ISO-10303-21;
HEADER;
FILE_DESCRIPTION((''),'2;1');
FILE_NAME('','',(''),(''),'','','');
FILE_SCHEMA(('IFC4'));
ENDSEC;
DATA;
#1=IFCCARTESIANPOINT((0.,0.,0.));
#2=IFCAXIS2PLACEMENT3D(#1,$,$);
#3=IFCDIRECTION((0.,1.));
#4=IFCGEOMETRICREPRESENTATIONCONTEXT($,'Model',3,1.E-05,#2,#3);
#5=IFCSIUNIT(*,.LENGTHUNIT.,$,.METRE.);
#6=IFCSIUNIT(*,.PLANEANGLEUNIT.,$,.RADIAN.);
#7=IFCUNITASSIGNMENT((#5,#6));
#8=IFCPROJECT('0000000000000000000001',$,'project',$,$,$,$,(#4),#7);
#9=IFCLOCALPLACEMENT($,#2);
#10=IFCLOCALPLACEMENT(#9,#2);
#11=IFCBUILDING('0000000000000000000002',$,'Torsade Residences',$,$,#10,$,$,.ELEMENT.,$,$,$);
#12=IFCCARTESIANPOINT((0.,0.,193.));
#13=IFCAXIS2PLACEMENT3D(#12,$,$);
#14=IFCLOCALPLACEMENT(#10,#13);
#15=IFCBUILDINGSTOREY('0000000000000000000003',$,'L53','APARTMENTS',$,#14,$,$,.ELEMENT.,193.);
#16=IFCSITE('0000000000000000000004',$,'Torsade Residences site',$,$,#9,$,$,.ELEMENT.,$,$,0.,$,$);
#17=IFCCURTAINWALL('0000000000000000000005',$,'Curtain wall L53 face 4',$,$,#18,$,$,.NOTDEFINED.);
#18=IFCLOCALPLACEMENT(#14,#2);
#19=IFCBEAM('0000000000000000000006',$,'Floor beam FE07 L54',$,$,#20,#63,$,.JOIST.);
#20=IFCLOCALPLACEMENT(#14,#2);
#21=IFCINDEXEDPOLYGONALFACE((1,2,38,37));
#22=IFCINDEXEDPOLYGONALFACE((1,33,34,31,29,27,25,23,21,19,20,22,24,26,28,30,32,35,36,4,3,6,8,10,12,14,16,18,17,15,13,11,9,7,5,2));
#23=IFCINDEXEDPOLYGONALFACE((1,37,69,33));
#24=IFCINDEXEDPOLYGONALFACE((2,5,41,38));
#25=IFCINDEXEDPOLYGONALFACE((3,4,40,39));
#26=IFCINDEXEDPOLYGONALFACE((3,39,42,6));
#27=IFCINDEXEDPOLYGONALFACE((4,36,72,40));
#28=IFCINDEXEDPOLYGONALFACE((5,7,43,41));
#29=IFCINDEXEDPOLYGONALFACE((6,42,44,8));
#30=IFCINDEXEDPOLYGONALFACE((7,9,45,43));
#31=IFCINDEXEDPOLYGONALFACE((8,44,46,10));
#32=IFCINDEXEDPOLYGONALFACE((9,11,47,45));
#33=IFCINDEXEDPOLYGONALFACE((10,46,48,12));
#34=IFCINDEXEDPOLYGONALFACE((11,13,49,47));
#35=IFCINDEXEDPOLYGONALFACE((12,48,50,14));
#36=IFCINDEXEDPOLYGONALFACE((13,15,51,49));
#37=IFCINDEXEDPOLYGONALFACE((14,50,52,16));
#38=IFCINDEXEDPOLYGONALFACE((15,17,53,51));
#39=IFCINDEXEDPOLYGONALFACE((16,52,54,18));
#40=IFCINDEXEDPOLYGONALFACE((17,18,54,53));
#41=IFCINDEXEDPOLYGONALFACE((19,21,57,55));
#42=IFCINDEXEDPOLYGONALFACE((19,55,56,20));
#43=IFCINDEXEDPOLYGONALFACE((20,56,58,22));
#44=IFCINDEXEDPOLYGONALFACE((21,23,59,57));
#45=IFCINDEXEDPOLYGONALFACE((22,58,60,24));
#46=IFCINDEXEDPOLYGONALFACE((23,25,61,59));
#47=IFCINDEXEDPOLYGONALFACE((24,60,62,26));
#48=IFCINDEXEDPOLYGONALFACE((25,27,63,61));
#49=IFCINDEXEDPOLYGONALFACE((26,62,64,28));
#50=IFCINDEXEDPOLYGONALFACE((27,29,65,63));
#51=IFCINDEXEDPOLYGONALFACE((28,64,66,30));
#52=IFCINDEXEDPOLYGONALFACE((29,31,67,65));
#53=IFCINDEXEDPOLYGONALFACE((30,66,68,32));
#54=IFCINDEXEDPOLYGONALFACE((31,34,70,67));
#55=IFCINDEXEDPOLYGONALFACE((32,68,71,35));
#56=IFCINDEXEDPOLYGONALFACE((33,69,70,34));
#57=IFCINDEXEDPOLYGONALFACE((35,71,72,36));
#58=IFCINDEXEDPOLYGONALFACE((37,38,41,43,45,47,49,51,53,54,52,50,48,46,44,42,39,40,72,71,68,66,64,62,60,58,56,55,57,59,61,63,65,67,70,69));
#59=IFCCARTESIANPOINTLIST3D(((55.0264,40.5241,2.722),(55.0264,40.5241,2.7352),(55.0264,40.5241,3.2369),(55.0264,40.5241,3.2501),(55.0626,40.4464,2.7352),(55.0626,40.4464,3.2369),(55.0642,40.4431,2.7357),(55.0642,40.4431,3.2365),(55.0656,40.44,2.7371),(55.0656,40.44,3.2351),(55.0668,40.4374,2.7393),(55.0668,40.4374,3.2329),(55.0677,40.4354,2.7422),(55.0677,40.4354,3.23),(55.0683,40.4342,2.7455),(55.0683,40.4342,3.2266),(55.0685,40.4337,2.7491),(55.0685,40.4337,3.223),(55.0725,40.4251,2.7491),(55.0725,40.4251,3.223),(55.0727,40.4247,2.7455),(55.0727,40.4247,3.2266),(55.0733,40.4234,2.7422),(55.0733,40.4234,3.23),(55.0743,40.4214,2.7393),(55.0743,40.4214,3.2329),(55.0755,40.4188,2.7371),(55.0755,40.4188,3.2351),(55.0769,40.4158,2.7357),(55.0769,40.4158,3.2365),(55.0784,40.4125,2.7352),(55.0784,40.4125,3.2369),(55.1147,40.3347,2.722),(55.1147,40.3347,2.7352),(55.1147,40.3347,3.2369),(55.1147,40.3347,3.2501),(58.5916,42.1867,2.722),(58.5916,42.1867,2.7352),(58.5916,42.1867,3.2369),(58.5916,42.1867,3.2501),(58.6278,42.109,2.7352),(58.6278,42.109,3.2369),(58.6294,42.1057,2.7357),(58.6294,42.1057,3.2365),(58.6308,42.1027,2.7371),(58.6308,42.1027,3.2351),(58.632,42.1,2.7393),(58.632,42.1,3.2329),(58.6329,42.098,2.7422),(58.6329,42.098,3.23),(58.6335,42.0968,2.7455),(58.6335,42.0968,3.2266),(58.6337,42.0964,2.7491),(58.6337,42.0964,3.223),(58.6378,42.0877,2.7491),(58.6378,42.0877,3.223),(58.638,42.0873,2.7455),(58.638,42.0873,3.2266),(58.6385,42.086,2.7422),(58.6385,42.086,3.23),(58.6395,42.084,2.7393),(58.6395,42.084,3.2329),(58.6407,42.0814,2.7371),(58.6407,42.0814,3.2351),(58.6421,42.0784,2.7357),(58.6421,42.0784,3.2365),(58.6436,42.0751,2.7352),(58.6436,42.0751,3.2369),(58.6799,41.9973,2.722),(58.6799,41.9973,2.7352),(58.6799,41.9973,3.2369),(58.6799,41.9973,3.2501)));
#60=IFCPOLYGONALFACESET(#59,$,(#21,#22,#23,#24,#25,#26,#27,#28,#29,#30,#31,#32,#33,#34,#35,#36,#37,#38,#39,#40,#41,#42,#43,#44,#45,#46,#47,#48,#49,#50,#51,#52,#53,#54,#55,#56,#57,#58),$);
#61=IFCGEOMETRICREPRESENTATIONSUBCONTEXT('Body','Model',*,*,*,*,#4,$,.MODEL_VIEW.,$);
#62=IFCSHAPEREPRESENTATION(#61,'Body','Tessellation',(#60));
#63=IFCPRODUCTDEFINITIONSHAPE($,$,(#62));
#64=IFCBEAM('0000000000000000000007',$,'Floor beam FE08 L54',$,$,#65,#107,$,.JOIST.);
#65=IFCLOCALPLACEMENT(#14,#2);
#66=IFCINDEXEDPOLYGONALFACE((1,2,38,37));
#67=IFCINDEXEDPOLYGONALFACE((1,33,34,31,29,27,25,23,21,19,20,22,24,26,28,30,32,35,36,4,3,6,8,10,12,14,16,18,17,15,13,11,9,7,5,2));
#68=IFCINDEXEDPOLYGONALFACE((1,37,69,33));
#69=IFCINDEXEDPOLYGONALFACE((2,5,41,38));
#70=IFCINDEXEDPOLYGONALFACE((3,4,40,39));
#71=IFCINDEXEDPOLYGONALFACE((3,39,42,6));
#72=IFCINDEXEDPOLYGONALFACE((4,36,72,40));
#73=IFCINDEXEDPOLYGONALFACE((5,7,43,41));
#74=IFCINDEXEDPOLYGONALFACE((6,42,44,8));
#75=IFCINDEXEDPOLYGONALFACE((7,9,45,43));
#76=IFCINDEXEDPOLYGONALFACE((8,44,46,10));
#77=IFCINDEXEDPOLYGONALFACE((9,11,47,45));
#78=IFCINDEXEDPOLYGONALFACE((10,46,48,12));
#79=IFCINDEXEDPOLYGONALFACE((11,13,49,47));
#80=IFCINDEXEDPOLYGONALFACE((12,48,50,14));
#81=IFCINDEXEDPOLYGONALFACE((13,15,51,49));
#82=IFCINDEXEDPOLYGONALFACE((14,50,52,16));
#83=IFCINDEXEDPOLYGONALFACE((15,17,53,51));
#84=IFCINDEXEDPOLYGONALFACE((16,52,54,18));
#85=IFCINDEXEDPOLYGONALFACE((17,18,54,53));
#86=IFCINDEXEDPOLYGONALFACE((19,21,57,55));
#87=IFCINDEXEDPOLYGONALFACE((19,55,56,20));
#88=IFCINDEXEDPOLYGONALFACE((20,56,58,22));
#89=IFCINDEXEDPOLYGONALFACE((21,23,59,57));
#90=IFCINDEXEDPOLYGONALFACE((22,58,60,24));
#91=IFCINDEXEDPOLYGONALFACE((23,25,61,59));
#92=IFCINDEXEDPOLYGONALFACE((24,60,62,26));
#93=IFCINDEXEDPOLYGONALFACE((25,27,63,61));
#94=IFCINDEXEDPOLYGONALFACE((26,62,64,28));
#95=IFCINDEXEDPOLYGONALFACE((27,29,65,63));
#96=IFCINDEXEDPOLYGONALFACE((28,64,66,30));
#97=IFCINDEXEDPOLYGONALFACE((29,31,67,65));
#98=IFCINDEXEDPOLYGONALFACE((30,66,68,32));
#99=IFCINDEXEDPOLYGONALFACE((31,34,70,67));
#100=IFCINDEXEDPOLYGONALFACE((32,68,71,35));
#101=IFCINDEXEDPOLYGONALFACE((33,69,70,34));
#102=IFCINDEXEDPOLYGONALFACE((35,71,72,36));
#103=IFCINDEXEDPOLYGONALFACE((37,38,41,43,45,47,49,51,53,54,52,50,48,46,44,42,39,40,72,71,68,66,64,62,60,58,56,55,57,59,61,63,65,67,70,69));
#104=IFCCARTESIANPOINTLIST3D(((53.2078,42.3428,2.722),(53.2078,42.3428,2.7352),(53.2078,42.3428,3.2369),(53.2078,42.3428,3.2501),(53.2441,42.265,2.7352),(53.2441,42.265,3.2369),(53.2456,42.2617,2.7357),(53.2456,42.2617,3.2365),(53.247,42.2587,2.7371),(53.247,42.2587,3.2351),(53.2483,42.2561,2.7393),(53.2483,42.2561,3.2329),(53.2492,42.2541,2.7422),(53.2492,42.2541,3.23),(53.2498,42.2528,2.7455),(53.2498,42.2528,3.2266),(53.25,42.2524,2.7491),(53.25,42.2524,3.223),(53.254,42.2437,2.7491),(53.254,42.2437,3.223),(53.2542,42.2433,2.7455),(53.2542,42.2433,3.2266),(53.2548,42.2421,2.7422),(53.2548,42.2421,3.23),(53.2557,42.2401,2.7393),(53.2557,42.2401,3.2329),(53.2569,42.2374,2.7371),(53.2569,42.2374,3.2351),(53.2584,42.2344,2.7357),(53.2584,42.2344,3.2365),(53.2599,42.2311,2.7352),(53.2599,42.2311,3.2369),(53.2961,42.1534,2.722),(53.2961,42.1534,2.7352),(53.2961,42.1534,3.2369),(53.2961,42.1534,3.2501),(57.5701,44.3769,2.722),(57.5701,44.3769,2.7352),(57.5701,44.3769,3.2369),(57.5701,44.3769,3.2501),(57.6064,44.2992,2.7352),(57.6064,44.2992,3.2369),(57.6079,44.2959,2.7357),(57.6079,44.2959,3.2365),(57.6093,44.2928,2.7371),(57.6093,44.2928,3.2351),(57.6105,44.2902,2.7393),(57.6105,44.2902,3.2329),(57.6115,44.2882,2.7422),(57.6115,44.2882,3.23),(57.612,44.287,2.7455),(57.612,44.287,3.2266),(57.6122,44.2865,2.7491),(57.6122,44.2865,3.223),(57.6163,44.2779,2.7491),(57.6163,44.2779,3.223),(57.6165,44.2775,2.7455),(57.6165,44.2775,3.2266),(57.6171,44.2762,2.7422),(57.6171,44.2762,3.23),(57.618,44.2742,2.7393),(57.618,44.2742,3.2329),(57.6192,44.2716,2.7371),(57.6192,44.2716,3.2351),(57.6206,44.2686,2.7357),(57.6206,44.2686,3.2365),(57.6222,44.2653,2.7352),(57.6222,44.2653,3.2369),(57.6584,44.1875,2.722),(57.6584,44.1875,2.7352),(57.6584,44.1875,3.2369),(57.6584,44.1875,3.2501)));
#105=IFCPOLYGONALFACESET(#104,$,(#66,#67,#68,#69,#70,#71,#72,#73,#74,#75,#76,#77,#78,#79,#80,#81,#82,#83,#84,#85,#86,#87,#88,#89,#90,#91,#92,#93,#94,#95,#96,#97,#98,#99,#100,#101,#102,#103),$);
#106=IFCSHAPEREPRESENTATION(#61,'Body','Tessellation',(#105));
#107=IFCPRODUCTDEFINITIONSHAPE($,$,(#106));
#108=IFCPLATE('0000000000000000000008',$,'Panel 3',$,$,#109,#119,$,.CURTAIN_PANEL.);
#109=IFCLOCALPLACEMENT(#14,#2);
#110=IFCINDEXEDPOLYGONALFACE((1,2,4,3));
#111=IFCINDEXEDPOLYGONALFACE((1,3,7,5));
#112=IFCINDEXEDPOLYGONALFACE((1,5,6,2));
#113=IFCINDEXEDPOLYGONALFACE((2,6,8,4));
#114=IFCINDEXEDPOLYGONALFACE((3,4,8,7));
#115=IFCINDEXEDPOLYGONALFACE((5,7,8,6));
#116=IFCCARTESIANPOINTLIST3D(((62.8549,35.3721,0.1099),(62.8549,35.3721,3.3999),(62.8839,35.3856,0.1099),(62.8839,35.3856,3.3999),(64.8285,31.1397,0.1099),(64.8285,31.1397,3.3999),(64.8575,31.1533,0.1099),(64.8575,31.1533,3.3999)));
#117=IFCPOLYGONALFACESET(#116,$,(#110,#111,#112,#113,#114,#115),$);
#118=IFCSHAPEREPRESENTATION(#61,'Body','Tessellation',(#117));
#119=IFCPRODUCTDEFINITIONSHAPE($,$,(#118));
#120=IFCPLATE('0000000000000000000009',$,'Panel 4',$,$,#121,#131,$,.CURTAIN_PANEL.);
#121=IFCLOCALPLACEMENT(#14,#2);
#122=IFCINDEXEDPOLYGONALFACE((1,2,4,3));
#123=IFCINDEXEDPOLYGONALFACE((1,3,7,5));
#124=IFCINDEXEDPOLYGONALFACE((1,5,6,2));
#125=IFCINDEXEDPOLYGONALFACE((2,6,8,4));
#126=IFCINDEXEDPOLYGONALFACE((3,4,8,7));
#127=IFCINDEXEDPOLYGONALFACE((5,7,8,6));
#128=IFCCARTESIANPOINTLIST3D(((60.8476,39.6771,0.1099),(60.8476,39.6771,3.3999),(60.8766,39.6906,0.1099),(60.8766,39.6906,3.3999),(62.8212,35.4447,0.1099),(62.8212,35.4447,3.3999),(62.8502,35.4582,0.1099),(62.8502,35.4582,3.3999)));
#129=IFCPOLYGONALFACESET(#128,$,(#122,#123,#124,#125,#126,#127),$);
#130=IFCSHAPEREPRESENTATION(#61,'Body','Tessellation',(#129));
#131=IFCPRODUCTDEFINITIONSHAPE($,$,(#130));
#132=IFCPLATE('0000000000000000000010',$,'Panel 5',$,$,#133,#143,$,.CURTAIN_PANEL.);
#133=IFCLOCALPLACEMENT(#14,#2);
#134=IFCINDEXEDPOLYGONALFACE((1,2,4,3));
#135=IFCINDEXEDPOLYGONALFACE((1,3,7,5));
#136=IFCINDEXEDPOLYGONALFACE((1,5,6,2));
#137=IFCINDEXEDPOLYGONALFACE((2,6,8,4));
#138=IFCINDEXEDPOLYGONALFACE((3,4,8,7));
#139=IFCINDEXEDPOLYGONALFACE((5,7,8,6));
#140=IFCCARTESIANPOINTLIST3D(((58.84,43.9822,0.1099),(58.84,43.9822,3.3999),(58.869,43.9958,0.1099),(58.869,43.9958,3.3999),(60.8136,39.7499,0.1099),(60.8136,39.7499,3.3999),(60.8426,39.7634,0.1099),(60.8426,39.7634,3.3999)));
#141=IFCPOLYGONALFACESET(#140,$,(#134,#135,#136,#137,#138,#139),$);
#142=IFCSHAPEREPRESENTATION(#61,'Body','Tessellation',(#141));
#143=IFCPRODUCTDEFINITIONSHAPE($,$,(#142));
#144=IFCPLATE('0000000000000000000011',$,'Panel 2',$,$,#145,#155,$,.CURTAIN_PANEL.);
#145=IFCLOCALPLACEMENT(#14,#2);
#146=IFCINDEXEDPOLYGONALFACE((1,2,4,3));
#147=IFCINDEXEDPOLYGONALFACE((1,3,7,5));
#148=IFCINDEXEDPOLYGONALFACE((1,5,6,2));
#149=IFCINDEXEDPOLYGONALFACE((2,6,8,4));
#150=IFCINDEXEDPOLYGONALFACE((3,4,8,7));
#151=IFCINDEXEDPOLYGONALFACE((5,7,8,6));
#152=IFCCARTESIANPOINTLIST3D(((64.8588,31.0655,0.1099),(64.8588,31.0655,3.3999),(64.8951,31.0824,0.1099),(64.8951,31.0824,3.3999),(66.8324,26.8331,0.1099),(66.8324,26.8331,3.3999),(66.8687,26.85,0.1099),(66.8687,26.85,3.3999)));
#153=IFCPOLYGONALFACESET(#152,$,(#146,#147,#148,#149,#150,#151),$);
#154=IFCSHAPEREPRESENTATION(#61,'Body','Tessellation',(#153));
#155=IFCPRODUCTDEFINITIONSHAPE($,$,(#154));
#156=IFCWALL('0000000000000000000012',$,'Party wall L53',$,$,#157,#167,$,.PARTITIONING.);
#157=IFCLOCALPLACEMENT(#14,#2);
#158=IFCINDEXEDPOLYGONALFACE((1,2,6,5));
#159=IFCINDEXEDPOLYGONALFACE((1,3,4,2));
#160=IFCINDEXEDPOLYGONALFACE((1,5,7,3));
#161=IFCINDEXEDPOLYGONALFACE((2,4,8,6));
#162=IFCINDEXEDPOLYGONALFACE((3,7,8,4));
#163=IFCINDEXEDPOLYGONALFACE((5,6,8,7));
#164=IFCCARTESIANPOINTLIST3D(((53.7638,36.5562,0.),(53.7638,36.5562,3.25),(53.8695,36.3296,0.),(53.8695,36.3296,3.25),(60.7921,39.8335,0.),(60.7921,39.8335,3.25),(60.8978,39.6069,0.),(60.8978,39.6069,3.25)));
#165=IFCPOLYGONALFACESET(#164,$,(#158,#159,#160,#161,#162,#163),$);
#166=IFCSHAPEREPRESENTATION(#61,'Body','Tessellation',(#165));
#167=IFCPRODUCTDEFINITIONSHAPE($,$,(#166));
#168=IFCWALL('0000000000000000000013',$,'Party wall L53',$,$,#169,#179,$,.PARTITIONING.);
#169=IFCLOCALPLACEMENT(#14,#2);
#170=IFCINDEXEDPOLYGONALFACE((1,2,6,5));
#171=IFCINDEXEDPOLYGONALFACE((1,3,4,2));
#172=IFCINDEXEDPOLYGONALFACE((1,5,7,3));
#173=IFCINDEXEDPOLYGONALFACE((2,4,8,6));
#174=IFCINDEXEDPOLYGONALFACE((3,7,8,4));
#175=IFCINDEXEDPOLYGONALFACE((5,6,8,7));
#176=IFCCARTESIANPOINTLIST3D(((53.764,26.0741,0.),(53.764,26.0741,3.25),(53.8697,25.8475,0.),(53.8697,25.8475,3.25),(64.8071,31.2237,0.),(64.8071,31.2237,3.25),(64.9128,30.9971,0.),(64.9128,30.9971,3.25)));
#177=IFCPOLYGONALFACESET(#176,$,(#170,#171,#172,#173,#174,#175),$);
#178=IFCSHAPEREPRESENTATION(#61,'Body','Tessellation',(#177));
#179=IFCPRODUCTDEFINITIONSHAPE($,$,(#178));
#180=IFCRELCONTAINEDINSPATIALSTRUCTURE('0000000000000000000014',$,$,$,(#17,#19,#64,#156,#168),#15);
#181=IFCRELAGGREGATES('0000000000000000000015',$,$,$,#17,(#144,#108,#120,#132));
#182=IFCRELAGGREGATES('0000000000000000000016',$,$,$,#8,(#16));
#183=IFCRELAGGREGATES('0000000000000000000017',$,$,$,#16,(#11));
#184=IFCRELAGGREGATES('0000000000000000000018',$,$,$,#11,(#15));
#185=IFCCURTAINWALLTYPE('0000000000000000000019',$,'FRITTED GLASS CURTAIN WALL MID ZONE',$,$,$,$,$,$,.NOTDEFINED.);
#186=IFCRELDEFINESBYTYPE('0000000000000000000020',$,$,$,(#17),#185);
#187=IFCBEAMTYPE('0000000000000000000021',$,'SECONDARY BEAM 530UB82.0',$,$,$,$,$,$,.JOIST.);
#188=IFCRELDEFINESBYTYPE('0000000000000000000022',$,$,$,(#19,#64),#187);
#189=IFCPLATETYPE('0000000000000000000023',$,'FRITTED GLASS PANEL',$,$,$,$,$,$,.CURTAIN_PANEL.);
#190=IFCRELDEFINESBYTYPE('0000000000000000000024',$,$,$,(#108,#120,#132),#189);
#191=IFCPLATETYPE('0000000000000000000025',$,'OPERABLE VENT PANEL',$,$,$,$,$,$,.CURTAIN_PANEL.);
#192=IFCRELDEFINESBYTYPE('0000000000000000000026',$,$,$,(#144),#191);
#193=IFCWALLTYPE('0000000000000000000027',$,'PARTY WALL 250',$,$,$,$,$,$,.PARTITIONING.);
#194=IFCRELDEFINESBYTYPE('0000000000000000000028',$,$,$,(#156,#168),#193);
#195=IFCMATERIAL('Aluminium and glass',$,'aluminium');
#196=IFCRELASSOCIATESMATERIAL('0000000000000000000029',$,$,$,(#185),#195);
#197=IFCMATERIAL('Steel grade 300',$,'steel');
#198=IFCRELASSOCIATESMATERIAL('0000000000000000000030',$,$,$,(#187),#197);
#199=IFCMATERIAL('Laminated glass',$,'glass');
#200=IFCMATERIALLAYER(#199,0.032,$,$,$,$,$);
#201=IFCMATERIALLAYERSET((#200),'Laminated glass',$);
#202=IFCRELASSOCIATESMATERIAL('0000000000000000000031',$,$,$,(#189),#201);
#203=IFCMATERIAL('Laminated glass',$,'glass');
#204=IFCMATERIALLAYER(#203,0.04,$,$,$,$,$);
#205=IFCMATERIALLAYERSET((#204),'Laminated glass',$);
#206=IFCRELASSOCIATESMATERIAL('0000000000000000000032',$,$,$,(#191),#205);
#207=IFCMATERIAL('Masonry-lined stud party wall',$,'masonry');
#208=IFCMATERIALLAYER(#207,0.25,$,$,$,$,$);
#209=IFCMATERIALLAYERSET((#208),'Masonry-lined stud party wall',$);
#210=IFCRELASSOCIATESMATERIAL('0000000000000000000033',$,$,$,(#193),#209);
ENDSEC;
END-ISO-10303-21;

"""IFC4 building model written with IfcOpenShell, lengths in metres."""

from ifc_helpers import new_model, si_unit, direction, frame, frame_2d, origin, origin_2d, place, context, subcontext, project, spatial, rectangle, i_section, extrude, material, layer, layer_set, material_profile, profile_set, type_object, element, aggregate, save


model = new_model("IFC4")

# Units and contexts
model_context = context("Model", 3, precision=1e-05, world=origin(), true_north=direction((0.0, 1.0)))
body_context = subcontext(model_context, "Body", "Model", "MODEL_VIEW")
ifc_project = project(units=[si_unit("LENGTHUNIT", "METRE"), si_unit("PLANEANGLEUNIT", "RADIAN")], contexts=[model_context])

# Site, building, storey
site_placement = place(None, origin())
site = spatial("IfcSite", under=ifc_project, at=site_placement, Name="Torsade Residences site", CompositionType="ELEMENT", RefElevation=0.0)
building_placement = place(site_placement, origin())
building = spatial("IfcBuilding", under=site, at=building_placement, Name="Torsade Residences", CompositionType="ELEMENT")
storey_placement = place(building_placement, frame((0.0, 0.0, 193.0)))
storey = spatial("IfcBuildingStorey", under=building, at=storey_placement, Name="L53", Description="APARTMENTS", CompositionType="ELEMENT", Elevation=193.0)

# Curtain wall
ifc_material_1 = material(Name="Aluminium and glass", Category="aluminium")
curtain_wall_type = type_object("IfcCurtainWallType", Name="FRITTED GLASS CURTAIN WALL MID ZONE", PredefinedType="NOTDEFINED", material=ifc_material_1)
curtain_wall_placement = place(storey_placement, origin())
curtain_wall = element("IfcCurtainWall", 1, at=curtain_wall_placement, inside=storey, type_object=curtain_wall_type, Name="Curtain wall L53 face 4", PredefinedType="NOTDEFINED")

# Beams
ifc_material_2 = material(Name="Steel grade 300", Category="steel")
ifc_material_profile_1 = material_profile(ifc_material_2, i_section(OverallWidth=0.209, OverallDepth=0.5281, WebThickness=0.0095, FlangeThickness=0.0132, FilletRadius=0.0139, at=origin_2d()), Name="530UB82.0")
ifc_profile_set_1 = profile_set([ifc_material_profile_1], Name="Steel grade 300")
beam_type_1 = type_object("IfcBeamType", Name="SECONDARY BEAM 530UB82.0", PredefinedType="JOIST", material=ifc_profile_set_1)
beam_1_placement = place(storey_placement, frame((58.6357, 42.092, 2.9861), z_axis=(-0.906296, -0.422644, 0.0), x_axis=(0.422644, -0.906296, 0.0)))
element("IfcBeam", 2, at=beam_1_placement, inside=storey, type_object=beam_type_1, Name="Floor beam FE07 L54", PredefinedType="JOIST", context=body_context, shape_type="SweptSolid", body=[
    extrude(i_section(OverallWidth=0.209, OverallDepth=0.5281, WebThickness=0.0095, FlangeThickness=0.0132, FilletRadius=0.0139, at=origin_2d()), origin(), (0.0, 0.0, 1.0), 3.9338),
])
beam_2_placement = place(storey_placement, frame((57.6143, 44.2822, 2.9861), z_axis=(-0.906308, -0.422619, 0.0), x_axis=(0.422619, -0.906308, 0.0)))
element("IfcBeam", 3, at=beam_2_placement, inside=storey, type_object=beam_type_1, Name="Floor beam FE08 L54", PredefinedType="JOIST", context=body_context, shape_type="SweptSolid", body=[
    extrude(i_section(OverallWidth=0.209, OverallDepth=0.5281, WebThickness=0.0095, FlangeThickness=0.0132, FilletRadius=0.0139, at=origin_2d()), origin(), (0.0, 0.0, 1.0), 4.8132),
])

# Plates
ifc_material_3 = material(Name="Laminated glass", Category="glass")
ifc_layer_1 = layer(ifc_material_3, 0.032)
ifc_layer_set_1 = layer_set([ifc_layer_1], Name="Laminated glass")
plate_type_1 = type_object("IfcPlateType", Name="FRITTED GLASS PANEL", PredefinedType="CURTAIN_PANEL", material=ifc_layer_set_1)
plate_1_placement = place(storey_placement, frame((63.8562, 33.2627, 0.1099), z_axis=(0.0, 0.0, 1.0), x_axis=(-0.422618, 0.906308, 0.0)))
plate_1 = element("IfcPlate", 4, at=plate_1_placement, type_object=plate_type_1, Name="Panel 3", PredefinedType="CURTAIN_PANEL", context=body_context, shape_type="SweptSolid", body=[
    extrude(rectangle(XDim=4.6699, YDim=0.032, at=origin_2d()), origin(), (0.0, 0.0, 1.0), 3.29),
])
plate_2_placement = place(storey_placement, frame((61.8489, 37.5676, 0.1099), z_axis=(0.0, 0.0, 1.0), x_axis=(-0.422618, 0.906308, 0.0)))
plate_2 = element("IfcPlate", 5, at=plate_2_placement, type_object=plate_type_1, Name="Panel 4", PredefinedType="CURTAIN_PANEL", context=body_context, shape_type="SweptSolid", body=[
    extrude(rectangle(XDim=4.6699, YDim=0.032, at=origin_2d()), origin(), (0.0, 0.0, 1.0), 3.29),
])
plate_3_placement = place(storey_placement, frame((59.8413, 41.8728, 0.1099), z_axis=(0.0, 0.0, 1.0), x_axis=(-0.422618, 0.906308, 0.0)))
plate_3 = element("IfcPlate", 6, at=plate_3_placement, type_object=plate_type_1, Name="Panel 5", PredefinedType="CURTAIN_PANEL", context=body_context, shape_type="SweptSolid", body=[
    extrude(rectangle(XDim=4.6699, YDim=0.032, at=origin_2d()), origin(), (0.0, 0.0, 1.0), 3.29),
])
ifc_material_4 = material(Name="Laminated glass", Category="glass")
ifc_layer_2 = layer(ifc_material_4, 0.04)
ifc_layer_set_2 = layer_set([ifc_layer_2], Name="Laminated glass")
plate_type_2 = type_object("IfcPlateType", Name="OPERABLE VENT PANEL", PredefinedType="CURTAIN_PANEL", material=ifc_layer_set_2)
plate_4_placement = place(storey_placement, frame((65.8638, 28.9578, 0.1099), z_axis=(0.0, 0.0, 1.0), x_axis=(-0.422618, 0.906308, 0.0)))
plate_4 = element("IfcPlate", 7, at=plate_4_placement, type_object=plate_type_2, Name="Panel 2", PredefinedType="CURTAIN_PANEL", context=body_context, shape_type="SweptSolid", body=[
    extrude(rectangle(XDim=4.6699, YDim=0.04, at=origin_2d()), origin(), (0.0, 0.0, 1.0), 3.29),
])
aggregate(curtain_wall, [plate_4, plate_1, plate_2, plate_3])

# Walls
ifc_material_5 = material(Name="Masonry-lined stud party wall", Category="masonry")
ifc_layer_3 = layer(ifc_material_5, 0.25)
ifc_layer_set_3 = layer_set([ifc_layer_3], Name="Masonry-lined stud party wall")
wall_type = type_object("IfcWallType", Name="PARTY WALL 250", PredefinedType="PARTITIONING", material=ifc_layer_set_3)
wall_1_placement = place(storey_placement, frame((60.845, 39.7202, 0.0), z_axis=(0.0, 0.0, 1.0), x_axis=(-0.906309, -0.422617, 0.0)))
element("IfcWall", 8, at=wall_1_placement, inside=storey, type_object=wall_type, Name="Party wall L53", PredefinedType="PARTITIONING", context=body_context, shape_type="SweptSolid", body=[
    extrude(rectangle(XDim=7.7549, YDim=0.25, at=frame_2d((3.8774, 0.0))), origin(), (0.0, 0.0, 1.0), 3.25),
])
wall_2_placement = place(storey_placement, frame((64.8599, 31.1104, 0.0), z_axis=(0.0, 0.0, 1.0), x_axis=(-0.906304, -0.422627, 0.0)))
element("IfcWall", 9, at=wall_2_placement, inside=storey, type_object=wall_type, Name="Party wall L53", PredefinedType="PARTITIONING", context=body_context, shape_type="SweptSolid", body=[
    extrude(rectangle(XDim=12.1848, YDim=0.25, at=frame_2d((6.0923, 0.0))), origin(), (0.0, 0.0, 1.0), 3.25),
])

save(model, "model.ifc")
